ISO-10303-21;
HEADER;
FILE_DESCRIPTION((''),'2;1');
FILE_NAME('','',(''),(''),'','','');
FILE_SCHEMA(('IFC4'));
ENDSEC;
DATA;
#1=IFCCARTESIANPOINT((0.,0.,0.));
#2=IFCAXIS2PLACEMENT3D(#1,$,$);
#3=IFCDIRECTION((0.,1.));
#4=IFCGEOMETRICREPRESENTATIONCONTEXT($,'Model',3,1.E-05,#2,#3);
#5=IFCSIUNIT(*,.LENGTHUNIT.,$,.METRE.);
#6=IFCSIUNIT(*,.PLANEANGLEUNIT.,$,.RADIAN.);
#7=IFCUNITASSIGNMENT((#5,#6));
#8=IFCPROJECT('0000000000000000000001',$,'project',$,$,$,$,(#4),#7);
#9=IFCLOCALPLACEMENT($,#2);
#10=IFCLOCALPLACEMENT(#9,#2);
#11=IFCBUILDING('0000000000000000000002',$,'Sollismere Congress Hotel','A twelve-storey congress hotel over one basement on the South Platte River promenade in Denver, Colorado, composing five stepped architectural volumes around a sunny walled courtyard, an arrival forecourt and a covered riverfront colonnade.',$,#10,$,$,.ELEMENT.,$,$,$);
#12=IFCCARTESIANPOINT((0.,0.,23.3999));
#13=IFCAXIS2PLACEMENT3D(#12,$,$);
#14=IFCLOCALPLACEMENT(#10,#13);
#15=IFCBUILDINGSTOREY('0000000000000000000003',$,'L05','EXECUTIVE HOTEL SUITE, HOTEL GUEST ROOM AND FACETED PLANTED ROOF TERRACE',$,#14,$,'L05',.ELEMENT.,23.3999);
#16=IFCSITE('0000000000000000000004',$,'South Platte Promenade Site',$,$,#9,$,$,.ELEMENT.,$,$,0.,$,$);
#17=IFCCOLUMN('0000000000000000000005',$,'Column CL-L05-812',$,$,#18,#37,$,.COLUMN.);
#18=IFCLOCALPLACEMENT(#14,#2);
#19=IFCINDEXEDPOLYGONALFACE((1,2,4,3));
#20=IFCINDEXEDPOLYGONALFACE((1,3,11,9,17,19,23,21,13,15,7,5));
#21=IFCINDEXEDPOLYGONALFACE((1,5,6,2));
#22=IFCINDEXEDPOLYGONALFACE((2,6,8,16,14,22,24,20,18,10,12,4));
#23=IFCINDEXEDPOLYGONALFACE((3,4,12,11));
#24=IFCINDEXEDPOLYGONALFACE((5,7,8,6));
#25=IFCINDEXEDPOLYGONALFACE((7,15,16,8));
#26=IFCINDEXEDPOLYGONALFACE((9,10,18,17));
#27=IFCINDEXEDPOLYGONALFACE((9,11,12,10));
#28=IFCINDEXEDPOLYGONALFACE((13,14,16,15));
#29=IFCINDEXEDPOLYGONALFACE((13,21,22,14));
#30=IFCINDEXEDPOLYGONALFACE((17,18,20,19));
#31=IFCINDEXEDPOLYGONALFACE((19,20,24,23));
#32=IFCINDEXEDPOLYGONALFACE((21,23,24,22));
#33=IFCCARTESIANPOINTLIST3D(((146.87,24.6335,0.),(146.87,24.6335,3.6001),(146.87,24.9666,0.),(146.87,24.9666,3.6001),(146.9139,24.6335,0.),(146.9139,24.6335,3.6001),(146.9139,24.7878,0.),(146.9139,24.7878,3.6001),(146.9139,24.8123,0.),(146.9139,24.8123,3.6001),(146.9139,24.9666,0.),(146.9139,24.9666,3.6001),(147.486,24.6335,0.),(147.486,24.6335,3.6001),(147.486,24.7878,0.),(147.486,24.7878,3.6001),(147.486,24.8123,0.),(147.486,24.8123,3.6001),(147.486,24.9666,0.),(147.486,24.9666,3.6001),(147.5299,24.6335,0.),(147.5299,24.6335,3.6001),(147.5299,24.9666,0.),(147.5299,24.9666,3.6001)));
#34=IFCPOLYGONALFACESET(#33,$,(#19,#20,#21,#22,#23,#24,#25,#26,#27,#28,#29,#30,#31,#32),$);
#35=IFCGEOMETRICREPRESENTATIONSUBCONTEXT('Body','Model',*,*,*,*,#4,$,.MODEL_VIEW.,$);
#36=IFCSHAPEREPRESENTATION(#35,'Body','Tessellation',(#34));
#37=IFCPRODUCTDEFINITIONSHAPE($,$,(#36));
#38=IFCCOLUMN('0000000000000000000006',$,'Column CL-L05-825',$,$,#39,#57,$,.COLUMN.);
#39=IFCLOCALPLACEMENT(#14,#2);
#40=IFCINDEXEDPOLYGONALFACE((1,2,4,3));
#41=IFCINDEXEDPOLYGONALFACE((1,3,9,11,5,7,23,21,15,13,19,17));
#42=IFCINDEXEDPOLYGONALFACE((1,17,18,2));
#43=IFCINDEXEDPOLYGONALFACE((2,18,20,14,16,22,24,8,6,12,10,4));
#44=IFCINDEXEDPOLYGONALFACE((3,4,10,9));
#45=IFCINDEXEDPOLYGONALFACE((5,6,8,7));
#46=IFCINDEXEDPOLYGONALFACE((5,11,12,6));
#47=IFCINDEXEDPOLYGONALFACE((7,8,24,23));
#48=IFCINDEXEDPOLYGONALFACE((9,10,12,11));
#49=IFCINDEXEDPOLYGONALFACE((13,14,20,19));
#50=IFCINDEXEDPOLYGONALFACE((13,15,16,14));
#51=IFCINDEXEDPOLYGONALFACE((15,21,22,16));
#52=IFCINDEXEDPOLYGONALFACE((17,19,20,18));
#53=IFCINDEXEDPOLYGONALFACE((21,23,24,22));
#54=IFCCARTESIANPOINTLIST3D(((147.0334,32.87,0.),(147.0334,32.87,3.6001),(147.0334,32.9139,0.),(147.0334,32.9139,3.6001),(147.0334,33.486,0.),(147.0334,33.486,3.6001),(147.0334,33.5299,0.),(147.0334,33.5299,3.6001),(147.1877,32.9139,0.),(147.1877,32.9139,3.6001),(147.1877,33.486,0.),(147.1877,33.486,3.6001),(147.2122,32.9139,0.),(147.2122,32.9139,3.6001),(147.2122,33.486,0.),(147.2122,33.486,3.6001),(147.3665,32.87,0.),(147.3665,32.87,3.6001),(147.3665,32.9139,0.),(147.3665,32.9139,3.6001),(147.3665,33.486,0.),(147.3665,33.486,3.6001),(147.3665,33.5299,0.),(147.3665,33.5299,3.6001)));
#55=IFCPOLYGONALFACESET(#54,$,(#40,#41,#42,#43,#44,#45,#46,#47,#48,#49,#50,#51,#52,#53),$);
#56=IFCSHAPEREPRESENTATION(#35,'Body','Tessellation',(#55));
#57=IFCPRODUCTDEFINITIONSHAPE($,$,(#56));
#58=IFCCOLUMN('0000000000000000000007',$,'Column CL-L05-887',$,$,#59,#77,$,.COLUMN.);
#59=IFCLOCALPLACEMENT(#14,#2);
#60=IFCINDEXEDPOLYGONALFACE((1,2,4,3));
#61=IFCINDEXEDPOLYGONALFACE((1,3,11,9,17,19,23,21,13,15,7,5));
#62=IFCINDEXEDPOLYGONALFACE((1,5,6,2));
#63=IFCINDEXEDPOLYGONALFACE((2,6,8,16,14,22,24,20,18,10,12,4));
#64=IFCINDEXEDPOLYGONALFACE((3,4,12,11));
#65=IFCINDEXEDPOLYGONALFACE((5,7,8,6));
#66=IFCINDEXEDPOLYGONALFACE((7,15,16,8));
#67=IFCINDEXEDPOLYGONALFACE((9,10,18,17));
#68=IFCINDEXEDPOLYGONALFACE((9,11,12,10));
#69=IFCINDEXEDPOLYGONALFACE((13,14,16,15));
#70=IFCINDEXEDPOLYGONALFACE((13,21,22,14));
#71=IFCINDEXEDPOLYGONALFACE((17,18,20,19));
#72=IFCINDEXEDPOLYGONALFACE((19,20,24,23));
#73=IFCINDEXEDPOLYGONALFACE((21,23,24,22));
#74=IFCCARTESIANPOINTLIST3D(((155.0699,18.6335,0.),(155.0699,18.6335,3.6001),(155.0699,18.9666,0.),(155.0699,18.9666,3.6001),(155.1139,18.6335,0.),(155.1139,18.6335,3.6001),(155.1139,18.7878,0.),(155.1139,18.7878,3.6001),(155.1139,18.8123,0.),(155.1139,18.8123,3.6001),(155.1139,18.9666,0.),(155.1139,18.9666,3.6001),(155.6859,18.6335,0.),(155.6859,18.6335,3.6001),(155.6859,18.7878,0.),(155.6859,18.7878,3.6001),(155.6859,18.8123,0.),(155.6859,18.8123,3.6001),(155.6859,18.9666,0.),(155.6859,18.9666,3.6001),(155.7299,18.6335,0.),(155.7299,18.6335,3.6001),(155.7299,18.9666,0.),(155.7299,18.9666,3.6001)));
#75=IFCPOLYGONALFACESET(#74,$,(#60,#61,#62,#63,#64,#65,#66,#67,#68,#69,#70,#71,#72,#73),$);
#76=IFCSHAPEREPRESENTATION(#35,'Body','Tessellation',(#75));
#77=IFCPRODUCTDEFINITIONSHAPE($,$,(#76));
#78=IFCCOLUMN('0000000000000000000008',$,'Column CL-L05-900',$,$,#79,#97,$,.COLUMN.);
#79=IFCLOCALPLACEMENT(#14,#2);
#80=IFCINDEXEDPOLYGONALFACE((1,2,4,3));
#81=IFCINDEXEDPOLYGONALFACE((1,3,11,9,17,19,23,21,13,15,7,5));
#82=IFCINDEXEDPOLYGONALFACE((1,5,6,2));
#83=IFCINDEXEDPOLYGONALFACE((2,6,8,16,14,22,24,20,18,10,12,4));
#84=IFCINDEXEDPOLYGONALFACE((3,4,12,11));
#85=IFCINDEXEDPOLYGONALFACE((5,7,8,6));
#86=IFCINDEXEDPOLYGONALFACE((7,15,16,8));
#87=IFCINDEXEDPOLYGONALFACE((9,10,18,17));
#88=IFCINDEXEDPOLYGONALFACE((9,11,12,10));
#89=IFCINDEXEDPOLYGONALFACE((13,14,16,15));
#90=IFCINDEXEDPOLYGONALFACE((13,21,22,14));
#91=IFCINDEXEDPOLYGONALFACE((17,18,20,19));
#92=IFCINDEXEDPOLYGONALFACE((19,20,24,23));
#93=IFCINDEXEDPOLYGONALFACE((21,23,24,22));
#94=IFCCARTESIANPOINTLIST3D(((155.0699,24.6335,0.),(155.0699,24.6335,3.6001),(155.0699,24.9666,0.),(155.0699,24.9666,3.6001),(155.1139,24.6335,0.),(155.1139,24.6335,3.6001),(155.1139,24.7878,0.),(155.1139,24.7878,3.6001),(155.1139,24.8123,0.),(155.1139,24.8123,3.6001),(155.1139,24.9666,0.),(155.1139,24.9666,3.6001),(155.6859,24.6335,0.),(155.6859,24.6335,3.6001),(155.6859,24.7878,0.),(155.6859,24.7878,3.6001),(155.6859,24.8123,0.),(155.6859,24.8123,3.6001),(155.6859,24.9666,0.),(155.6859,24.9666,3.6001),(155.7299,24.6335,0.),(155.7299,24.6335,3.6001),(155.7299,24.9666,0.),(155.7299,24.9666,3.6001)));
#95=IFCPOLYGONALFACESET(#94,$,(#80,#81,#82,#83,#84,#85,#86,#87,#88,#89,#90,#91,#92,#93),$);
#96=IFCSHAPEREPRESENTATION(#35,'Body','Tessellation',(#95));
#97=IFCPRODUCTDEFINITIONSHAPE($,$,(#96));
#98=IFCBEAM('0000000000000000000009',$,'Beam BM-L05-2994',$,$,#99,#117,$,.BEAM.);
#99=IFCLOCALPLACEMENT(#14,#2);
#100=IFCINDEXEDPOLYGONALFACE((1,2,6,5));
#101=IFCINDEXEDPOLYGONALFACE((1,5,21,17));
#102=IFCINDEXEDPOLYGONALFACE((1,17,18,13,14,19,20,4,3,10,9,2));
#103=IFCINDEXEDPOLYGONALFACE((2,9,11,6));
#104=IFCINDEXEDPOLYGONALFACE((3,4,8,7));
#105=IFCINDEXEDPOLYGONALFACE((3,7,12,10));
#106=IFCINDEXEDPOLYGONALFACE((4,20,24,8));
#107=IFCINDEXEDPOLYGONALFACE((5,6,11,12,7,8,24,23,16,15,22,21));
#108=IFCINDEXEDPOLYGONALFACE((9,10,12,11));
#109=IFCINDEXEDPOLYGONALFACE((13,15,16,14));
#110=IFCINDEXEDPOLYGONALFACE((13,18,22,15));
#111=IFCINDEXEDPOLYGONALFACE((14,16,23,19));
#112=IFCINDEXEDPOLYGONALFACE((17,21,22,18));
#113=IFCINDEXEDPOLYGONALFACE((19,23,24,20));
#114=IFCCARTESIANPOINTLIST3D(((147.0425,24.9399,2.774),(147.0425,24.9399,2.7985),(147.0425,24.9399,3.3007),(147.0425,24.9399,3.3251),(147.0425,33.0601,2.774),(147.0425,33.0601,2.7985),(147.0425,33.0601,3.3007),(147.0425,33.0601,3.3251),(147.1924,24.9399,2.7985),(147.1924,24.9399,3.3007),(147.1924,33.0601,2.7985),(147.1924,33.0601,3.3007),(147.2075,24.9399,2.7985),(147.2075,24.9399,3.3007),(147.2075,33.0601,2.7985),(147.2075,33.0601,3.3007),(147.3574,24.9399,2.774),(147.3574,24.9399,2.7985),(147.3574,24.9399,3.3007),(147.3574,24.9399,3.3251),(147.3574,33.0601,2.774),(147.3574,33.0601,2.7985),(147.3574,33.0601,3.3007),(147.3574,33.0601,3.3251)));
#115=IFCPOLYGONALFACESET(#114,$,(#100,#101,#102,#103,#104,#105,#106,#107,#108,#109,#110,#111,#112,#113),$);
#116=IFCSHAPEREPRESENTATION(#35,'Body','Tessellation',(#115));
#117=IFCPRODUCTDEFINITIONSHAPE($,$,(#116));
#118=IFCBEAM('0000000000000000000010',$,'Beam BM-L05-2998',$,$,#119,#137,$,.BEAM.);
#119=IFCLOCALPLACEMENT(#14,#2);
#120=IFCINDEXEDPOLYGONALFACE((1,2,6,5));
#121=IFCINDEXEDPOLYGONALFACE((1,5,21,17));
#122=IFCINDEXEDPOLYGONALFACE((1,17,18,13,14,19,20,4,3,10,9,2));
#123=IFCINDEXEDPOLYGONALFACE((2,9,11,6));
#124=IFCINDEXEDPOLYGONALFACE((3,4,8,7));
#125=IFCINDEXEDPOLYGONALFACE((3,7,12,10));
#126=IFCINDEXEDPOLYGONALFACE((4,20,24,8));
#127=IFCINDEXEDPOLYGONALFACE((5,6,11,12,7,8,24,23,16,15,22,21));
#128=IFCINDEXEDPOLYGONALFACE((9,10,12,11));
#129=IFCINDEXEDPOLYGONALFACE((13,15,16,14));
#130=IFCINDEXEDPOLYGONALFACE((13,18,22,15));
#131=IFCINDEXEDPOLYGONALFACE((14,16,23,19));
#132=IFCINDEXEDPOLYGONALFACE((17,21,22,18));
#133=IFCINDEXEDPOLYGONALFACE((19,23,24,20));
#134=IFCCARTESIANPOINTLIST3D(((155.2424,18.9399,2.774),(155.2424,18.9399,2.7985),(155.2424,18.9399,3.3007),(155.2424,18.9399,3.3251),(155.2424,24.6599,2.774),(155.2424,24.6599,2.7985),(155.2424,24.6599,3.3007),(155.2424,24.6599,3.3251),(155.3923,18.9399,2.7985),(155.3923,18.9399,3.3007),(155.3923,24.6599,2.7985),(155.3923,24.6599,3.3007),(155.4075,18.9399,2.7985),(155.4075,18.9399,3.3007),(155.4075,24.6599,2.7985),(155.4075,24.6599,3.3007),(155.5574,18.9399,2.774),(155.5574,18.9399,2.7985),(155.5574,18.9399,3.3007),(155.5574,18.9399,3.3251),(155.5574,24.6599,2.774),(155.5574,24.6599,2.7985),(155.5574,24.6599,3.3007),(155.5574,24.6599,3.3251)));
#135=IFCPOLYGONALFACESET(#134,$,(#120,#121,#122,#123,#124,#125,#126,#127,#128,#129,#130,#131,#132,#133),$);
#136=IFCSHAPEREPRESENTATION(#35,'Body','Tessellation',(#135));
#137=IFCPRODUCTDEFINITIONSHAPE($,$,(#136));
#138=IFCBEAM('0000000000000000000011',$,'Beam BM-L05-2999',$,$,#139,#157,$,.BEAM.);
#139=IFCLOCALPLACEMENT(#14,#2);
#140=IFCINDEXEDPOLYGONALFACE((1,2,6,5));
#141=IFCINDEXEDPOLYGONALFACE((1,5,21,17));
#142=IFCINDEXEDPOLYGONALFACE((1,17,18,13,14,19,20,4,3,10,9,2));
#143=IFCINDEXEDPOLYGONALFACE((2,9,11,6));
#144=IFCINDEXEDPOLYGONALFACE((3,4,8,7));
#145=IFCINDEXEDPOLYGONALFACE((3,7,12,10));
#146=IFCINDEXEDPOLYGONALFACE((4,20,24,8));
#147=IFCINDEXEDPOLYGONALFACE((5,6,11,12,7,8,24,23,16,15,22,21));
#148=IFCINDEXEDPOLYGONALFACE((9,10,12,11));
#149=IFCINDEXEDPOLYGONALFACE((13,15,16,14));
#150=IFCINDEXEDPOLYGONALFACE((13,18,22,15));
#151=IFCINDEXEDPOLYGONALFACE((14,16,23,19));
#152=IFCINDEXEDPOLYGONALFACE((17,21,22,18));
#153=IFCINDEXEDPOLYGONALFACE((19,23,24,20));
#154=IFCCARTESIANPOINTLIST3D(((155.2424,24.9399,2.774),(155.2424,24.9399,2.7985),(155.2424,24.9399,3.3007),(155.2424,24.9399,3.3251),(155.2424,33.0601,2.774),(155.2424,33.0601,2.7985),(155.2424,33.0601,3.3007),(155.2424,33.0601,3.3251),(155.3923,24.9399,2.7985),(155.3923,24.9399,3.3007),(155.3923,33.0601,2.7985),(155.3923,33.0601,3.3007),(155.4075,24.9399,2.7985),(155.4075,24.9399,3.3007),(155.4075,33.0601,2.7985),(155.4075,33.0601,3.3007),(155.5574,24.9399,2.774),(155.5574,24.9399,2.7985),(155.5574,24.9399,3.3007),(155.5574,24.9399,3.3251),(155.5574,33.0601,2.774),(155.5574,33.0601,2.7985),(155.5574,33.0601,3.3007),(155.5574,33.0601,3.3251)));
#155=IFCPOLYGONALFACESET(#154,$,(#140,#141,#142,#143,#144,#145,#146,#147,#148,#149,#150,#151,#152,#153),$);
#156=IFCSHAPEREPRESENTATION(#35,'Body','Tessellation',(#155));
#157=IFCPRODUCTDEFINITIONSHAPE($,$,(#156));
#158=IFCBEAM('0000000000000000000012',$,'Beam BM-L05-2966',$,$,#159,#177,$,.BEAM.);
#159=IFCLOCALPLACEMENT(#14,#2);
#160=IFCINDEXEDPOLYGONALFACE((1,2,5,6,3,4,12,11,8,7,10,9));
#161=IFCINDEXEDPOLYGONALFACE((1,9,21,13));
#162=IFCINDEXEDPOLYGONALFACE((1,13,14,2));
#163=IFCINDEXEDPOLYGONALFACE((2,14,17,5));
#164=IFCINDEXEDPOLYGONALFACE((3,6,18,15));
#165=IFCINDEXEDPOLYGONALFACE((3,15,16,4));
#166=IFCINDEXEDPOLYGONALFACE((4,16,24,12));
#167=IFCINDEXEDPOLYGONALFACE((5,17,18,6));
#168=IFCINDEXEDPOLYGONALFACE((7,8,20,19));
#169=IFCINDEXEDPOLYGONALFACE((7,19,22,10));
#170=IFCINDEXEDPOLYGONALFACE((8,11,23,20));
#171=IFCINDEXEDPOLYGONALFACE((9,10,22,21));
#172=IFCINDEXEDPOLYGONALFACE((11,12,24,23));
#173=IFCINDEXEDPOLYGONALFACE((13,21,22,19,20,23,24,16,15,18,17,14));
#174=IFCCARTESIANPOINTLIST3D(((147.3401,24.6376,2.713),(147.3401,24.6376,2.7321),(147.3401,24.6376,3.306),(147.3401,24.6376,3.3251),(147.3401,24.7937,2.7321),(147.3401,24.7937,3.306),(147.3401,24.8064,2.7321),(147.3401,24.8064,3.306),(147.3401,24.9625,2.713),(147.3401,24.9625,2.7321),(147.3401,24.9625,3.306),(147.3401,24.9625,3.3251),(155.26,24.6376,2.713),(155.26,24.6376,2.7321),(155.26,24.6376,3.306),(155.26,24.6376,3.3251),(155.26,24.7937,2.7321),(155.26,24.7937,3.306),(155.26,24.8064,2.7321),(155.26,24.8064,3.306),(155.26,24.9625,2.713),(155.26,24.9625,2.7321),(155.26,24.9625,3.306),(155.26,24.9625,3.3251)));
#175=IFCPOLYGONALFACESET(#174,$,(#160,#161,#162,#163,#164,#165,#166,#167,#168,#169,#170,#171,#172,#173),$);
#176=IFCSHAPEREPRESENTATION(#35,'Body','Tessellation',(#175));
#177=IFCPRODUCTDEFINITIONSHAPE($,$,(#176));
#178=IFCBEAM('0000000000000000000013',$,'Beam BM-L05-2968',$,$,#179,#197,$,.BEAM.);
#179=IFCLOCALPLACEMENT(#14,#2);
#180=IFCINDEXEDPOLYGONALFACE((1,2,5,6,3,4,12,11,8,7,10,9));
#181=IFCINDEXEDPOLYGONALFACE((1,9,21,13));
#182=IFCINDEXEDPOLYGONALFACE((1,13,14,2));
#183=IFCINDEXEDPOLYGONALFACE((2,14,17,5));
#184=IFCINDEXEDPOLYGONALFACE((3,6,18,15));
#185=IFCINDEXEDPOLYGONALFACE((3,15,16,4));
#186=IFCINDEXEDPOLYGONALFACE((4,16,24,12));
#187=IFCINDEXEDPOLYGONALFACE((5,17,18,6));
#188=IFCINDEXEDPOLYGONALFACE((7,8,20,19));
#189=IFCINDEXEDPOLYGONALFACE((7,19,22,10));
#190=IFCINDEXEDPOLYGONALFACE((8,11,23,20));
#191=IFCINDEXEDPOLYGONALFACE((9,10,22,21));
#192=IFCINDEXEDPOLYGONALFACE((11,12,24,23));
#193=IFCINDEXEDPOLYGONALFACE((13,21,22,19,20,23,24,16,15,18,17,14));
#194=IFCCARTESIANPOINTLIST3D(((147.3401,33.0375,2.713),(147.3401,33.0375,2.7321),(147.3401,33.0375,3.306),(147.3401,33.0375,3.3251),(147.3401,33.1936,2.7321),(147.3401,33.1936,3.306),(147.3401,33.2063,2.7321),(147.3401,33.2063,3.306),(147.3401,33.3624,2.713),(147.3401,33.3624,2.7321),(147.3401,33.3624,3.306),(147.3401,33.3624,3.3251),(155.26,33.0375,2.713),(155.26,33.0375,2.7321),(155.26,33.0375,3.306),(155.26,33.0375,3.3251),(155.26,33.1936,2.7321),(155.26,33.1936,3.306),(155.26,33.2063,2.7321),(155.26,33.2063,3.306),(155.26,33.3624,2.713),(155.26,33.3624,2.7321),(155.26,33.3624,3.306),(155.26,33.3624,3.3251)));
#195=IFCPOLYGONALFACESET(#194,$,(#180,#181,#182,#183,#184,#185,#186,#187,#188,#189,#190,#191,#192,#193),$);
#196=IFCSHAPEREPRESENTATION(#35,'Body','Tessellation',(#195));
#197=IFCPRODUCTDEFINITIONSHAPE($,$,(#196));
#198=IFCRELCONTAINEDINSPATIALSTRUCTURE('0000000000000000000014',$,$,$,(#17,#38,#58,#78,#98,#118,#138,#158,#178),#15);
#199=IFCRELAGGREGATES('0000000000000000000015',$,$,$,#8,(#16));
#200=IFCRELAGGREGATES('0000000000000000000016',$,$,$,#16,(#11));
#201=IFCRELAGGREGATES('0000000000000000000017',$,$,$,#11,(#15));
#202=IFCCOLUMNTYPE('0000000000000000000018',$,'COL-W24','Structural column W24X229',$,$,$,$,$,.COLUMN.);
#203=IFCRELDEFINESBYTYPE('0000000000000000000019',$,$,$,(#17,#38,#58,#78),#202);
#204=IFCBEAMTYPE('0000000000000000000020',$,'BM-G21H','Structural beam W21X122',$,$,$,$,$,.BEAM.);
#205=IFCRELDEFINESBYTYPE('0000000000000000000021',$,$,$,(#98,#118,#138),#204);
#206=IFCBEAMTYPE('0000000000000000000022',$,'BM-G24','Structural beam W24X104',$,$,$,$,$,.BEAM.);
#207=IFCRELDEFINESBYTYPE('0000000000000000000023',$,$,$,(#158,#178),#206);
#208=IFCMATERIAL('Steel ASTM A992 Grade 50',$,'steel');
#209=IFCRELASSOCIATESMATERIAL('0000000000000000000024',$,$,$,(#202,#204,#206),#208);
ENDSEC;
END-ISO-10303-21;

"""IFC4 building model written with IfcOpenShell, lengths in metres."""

from ifc_helpers import new_model, si_unit, direction, frame, origin, origin_2d, place, context, subcontext, project, spatial, i_section, extrude, material, material_profile, profile_set, type_object, element, save


model = new_model("IFC4")

# Units and contexts
model_context = context("Model", 3, precision=1e-05, world=origin(), true_north=direction((0.0, 1.0)))
body_context = subcontext(model_context, "Body", "Model", "MODEL_VIEW")
ifc_project = project(units=[si_unit("LENGTHUNIT", "METRE"), si_unit("PLANEANGLEUNIT", "RADIAN")], contexts=[model_context])

# Site, building, storey
site_placement = place(None, origin())
site = spatial("IfcSite", under=ifc_project, at=site_placement, Name="South Platte Promenade Site", CompositionType="ELEMENT", RefElevation=0.0)
building_placement = place(site_placement, origin())
building = spatial("IfcBuilding", under=site, at=building_placement, Name="Sollismere Congress Hotel", Description="A twelve-storey congress hotel over one basement on the South Platte River promenade in Denver, Colorado, composing five stepped architectural volumes around a sunny walled courtyard, an arrival forecourt and a covered riverfront colonnade.", CompositionType="ELEMENT")
storey_placement = place(building_placement, frame((0.0, 0.0, 23.3999)))
storey = spatial("IfcBuildingStorey", under=building, at=storey_placement, Name="L05", Description="EXECUTIVE HOTEL SUITE, HOTEL GUEST ROOM AND FACETED PLANTED ROOF TERRACE", LongName="L05", CompositionType="ELEMENT", Elevation=23.3999)

# Columns
ifc_material_1 = material(Name="Steel ASTM A992 Grade 50", Category="steel")
ifc_material_profile_1 = material_profile(ifc_material_1, i_section(OverallWidth=0.333, OverallDepth=0.6599, WebThickness=0.0244, FlangeThickness=0.0439, at=origin_2d()), Name="W24X229")
ifc_profile_set_1 = profile_set([ifc_material_profile_1], Name="Steel ASTM A992 Grade 50")
column_type = type_object("IfcColumnType", Name="COL-W24", Description="Structural column W24X229", PredefinedType="COLUMN", material=ifc_profile_set_1)
for number, where, z_axis, x_axis, name in (
    (1, (147.2, 24.8, 0.0), (0.0, 0.0, 1.0), (0.0, 1.0, 0.0), "Column CL-L05-812"),
    (2, (147.2, 33.2, 0.0), (0.0, 0.0, 1.0), (1.0, 0.0, 0.0), "Column CL-L05-825"),
    (3, (155.3999, 18.8, 0.0), (0.0, 0.0, 1.0), (0.0, 1.0, 0.0), "Column CL-L05-887"),
    (4, (155.3999, 24.8, 0.0), (0.0, 0.0, 1.0), (0.0, 1.0, 0.0), "Column CL-L05-900"),
):
    element("IfcColumn", number, at=place(storey_placement, frame(where, z_axis=z_axis, x_axis=x_axis)), inside=storey, type_object=column_type, Name=name, PredefinedType="COLUMN", context=body_context, shape_type="SweptSolid", body=[
        extrude(i_section(OverallWidth=0.333, OverallDepth=0.6599, WebThickness=0.0244, FlangeThickness=0.0439, at=origin_2d()), origin(), (0.0, 0.0, 1.0), 3.6001),
    ])

# Beams
ifc_material_profile_2 = material_profile(ifc_material_1, i_section(OverallWidth=0.3149, OverallDepth=0.551, WebThickness=0.0151, FlangeThickness=0.0244, at=origin_2d()), Name="W21X122")
ifc_profile_set_2 = profile_set([ifc_material_profile_2], Name="Steel ASTM A992 Grade 50")
beam_type_1 = type_object("IfcBeamType", Name="BM-G21H", Description="Structural beam W21X122", PredefinedType="BEAM", material=ifc_profile_set_2)
beam_1_placement = place(storey_placement, frame((147.2, 24.9399, 3.0496), z_axis=(0.0, 1.0, 0.0), x_axis=(-1.0, 0.0, 0.0)))
element("IfcBeam", 5, at=beam_1_placement, inside=storey, type_object=beam_type_1, Name="Beam BM-L05-2994", PredefinedType="BEAM", context=body_context, shape_type="SweptSolid", body=[
    extrude(i_section(OverallWidth=0.3149, OverallDepth=0.551, WebThickness=0.0151, FlangeThickness=0.0244, at=origin_2d()), origin(), (0.0, 0.0, 1.0), 8.1201),
])
beam_2_placement = place(storey_placement, frame((155.3999, 18.9399, 3.0496), z_axis=(0.0, 1.0, 0.0), x_axis=(-1.0, 0.0, 0.0)))
element("IfcBeam", 6, at=beam_2_placement, inside=storey, type_object=beam_type_1, Name="Beam BM-L05-2998", PredefinedType="BEAM", context=body_context, shape_type="SweptSolid", body=[
    extrude(i_section(OverallWidth=0.3149, OverallDepth=0.551, WebThickness=0.0151, FlangeThickness=0.0244, at=origin_2d()), origin(), (0.0, 0.0, 1.0), 5.72),
])
beam_3_placement = place(storey_placement, frame((155.3999, 24.9399, 3.0496), z_axis=(0.0, 1.0, 0.0), x_axis=(-1.0, 0.0, 0.0)))
element("IfcBeam", 7, at=beam_3_placement, inside=storey, type_object=beam_type_1, Name="Beam BM-L05-2999", PredefinedType="BEAM", context=body_context, shape_type="SweptSolid", body=[
    extrude(i_section(OverallWidth=0.3149, OverallDepth=0.551, WebThickness=0.0151, FlangeThickness=0.0244, at=origin_2d()), origin(), (0.0, 0.0, 1.0), 8.1201),
])
ifc_material_profile_3 = material_profile(ifc_material_1, i_section(OverallWidth=0.325, OverallDepth=0.6121, WebThickness=0.0127, FlangeThickness=0.019, at=origin_2d()), Name="W24X104")
ifc_profile_set_3 = profile_set([ifc_material_profile_3], Name="Steel ASTM A992 Grade 50")
beam_type_2 = type_object("IfcBeamType", Name="BM-G24", Description="Structural beam W24X104", PredefinedType="BEAM", material=ifc_profile_set_3)
for number, where, z_axis, x_axis, name in (
    (8, (147.3401, 24.8, 3.019), (1.0, 0.0, 0.0), (0.0, 1.0, 0.0), "Beam BM-L05-2966"),
    (9, (147.3401, 33.2, 3.019), (1.0, 0.0, 0.0), (0.0, 1.0, 0.0), "Beam BM-L05-2968"),
):
    element("IfcBeam", number, at=place(storey_placement, frame(where, z_axis=z_axis, x_axis=x_axis)), inside=storey, type_object=beam_type_2, Name=name, PredefinedType="BEAM", context=body_context, shape_type="SweptSolid", body=[
        extrude(i_section(OverallWidth=0.325, OverallDepth=0.6121, WebThickness=0.0127, FlangeThickness=0.019, at=origin_2d()), origin(), (0.0, 0.0, 1.0), 7.9199),
    ])

save(model, "model.ifc")
